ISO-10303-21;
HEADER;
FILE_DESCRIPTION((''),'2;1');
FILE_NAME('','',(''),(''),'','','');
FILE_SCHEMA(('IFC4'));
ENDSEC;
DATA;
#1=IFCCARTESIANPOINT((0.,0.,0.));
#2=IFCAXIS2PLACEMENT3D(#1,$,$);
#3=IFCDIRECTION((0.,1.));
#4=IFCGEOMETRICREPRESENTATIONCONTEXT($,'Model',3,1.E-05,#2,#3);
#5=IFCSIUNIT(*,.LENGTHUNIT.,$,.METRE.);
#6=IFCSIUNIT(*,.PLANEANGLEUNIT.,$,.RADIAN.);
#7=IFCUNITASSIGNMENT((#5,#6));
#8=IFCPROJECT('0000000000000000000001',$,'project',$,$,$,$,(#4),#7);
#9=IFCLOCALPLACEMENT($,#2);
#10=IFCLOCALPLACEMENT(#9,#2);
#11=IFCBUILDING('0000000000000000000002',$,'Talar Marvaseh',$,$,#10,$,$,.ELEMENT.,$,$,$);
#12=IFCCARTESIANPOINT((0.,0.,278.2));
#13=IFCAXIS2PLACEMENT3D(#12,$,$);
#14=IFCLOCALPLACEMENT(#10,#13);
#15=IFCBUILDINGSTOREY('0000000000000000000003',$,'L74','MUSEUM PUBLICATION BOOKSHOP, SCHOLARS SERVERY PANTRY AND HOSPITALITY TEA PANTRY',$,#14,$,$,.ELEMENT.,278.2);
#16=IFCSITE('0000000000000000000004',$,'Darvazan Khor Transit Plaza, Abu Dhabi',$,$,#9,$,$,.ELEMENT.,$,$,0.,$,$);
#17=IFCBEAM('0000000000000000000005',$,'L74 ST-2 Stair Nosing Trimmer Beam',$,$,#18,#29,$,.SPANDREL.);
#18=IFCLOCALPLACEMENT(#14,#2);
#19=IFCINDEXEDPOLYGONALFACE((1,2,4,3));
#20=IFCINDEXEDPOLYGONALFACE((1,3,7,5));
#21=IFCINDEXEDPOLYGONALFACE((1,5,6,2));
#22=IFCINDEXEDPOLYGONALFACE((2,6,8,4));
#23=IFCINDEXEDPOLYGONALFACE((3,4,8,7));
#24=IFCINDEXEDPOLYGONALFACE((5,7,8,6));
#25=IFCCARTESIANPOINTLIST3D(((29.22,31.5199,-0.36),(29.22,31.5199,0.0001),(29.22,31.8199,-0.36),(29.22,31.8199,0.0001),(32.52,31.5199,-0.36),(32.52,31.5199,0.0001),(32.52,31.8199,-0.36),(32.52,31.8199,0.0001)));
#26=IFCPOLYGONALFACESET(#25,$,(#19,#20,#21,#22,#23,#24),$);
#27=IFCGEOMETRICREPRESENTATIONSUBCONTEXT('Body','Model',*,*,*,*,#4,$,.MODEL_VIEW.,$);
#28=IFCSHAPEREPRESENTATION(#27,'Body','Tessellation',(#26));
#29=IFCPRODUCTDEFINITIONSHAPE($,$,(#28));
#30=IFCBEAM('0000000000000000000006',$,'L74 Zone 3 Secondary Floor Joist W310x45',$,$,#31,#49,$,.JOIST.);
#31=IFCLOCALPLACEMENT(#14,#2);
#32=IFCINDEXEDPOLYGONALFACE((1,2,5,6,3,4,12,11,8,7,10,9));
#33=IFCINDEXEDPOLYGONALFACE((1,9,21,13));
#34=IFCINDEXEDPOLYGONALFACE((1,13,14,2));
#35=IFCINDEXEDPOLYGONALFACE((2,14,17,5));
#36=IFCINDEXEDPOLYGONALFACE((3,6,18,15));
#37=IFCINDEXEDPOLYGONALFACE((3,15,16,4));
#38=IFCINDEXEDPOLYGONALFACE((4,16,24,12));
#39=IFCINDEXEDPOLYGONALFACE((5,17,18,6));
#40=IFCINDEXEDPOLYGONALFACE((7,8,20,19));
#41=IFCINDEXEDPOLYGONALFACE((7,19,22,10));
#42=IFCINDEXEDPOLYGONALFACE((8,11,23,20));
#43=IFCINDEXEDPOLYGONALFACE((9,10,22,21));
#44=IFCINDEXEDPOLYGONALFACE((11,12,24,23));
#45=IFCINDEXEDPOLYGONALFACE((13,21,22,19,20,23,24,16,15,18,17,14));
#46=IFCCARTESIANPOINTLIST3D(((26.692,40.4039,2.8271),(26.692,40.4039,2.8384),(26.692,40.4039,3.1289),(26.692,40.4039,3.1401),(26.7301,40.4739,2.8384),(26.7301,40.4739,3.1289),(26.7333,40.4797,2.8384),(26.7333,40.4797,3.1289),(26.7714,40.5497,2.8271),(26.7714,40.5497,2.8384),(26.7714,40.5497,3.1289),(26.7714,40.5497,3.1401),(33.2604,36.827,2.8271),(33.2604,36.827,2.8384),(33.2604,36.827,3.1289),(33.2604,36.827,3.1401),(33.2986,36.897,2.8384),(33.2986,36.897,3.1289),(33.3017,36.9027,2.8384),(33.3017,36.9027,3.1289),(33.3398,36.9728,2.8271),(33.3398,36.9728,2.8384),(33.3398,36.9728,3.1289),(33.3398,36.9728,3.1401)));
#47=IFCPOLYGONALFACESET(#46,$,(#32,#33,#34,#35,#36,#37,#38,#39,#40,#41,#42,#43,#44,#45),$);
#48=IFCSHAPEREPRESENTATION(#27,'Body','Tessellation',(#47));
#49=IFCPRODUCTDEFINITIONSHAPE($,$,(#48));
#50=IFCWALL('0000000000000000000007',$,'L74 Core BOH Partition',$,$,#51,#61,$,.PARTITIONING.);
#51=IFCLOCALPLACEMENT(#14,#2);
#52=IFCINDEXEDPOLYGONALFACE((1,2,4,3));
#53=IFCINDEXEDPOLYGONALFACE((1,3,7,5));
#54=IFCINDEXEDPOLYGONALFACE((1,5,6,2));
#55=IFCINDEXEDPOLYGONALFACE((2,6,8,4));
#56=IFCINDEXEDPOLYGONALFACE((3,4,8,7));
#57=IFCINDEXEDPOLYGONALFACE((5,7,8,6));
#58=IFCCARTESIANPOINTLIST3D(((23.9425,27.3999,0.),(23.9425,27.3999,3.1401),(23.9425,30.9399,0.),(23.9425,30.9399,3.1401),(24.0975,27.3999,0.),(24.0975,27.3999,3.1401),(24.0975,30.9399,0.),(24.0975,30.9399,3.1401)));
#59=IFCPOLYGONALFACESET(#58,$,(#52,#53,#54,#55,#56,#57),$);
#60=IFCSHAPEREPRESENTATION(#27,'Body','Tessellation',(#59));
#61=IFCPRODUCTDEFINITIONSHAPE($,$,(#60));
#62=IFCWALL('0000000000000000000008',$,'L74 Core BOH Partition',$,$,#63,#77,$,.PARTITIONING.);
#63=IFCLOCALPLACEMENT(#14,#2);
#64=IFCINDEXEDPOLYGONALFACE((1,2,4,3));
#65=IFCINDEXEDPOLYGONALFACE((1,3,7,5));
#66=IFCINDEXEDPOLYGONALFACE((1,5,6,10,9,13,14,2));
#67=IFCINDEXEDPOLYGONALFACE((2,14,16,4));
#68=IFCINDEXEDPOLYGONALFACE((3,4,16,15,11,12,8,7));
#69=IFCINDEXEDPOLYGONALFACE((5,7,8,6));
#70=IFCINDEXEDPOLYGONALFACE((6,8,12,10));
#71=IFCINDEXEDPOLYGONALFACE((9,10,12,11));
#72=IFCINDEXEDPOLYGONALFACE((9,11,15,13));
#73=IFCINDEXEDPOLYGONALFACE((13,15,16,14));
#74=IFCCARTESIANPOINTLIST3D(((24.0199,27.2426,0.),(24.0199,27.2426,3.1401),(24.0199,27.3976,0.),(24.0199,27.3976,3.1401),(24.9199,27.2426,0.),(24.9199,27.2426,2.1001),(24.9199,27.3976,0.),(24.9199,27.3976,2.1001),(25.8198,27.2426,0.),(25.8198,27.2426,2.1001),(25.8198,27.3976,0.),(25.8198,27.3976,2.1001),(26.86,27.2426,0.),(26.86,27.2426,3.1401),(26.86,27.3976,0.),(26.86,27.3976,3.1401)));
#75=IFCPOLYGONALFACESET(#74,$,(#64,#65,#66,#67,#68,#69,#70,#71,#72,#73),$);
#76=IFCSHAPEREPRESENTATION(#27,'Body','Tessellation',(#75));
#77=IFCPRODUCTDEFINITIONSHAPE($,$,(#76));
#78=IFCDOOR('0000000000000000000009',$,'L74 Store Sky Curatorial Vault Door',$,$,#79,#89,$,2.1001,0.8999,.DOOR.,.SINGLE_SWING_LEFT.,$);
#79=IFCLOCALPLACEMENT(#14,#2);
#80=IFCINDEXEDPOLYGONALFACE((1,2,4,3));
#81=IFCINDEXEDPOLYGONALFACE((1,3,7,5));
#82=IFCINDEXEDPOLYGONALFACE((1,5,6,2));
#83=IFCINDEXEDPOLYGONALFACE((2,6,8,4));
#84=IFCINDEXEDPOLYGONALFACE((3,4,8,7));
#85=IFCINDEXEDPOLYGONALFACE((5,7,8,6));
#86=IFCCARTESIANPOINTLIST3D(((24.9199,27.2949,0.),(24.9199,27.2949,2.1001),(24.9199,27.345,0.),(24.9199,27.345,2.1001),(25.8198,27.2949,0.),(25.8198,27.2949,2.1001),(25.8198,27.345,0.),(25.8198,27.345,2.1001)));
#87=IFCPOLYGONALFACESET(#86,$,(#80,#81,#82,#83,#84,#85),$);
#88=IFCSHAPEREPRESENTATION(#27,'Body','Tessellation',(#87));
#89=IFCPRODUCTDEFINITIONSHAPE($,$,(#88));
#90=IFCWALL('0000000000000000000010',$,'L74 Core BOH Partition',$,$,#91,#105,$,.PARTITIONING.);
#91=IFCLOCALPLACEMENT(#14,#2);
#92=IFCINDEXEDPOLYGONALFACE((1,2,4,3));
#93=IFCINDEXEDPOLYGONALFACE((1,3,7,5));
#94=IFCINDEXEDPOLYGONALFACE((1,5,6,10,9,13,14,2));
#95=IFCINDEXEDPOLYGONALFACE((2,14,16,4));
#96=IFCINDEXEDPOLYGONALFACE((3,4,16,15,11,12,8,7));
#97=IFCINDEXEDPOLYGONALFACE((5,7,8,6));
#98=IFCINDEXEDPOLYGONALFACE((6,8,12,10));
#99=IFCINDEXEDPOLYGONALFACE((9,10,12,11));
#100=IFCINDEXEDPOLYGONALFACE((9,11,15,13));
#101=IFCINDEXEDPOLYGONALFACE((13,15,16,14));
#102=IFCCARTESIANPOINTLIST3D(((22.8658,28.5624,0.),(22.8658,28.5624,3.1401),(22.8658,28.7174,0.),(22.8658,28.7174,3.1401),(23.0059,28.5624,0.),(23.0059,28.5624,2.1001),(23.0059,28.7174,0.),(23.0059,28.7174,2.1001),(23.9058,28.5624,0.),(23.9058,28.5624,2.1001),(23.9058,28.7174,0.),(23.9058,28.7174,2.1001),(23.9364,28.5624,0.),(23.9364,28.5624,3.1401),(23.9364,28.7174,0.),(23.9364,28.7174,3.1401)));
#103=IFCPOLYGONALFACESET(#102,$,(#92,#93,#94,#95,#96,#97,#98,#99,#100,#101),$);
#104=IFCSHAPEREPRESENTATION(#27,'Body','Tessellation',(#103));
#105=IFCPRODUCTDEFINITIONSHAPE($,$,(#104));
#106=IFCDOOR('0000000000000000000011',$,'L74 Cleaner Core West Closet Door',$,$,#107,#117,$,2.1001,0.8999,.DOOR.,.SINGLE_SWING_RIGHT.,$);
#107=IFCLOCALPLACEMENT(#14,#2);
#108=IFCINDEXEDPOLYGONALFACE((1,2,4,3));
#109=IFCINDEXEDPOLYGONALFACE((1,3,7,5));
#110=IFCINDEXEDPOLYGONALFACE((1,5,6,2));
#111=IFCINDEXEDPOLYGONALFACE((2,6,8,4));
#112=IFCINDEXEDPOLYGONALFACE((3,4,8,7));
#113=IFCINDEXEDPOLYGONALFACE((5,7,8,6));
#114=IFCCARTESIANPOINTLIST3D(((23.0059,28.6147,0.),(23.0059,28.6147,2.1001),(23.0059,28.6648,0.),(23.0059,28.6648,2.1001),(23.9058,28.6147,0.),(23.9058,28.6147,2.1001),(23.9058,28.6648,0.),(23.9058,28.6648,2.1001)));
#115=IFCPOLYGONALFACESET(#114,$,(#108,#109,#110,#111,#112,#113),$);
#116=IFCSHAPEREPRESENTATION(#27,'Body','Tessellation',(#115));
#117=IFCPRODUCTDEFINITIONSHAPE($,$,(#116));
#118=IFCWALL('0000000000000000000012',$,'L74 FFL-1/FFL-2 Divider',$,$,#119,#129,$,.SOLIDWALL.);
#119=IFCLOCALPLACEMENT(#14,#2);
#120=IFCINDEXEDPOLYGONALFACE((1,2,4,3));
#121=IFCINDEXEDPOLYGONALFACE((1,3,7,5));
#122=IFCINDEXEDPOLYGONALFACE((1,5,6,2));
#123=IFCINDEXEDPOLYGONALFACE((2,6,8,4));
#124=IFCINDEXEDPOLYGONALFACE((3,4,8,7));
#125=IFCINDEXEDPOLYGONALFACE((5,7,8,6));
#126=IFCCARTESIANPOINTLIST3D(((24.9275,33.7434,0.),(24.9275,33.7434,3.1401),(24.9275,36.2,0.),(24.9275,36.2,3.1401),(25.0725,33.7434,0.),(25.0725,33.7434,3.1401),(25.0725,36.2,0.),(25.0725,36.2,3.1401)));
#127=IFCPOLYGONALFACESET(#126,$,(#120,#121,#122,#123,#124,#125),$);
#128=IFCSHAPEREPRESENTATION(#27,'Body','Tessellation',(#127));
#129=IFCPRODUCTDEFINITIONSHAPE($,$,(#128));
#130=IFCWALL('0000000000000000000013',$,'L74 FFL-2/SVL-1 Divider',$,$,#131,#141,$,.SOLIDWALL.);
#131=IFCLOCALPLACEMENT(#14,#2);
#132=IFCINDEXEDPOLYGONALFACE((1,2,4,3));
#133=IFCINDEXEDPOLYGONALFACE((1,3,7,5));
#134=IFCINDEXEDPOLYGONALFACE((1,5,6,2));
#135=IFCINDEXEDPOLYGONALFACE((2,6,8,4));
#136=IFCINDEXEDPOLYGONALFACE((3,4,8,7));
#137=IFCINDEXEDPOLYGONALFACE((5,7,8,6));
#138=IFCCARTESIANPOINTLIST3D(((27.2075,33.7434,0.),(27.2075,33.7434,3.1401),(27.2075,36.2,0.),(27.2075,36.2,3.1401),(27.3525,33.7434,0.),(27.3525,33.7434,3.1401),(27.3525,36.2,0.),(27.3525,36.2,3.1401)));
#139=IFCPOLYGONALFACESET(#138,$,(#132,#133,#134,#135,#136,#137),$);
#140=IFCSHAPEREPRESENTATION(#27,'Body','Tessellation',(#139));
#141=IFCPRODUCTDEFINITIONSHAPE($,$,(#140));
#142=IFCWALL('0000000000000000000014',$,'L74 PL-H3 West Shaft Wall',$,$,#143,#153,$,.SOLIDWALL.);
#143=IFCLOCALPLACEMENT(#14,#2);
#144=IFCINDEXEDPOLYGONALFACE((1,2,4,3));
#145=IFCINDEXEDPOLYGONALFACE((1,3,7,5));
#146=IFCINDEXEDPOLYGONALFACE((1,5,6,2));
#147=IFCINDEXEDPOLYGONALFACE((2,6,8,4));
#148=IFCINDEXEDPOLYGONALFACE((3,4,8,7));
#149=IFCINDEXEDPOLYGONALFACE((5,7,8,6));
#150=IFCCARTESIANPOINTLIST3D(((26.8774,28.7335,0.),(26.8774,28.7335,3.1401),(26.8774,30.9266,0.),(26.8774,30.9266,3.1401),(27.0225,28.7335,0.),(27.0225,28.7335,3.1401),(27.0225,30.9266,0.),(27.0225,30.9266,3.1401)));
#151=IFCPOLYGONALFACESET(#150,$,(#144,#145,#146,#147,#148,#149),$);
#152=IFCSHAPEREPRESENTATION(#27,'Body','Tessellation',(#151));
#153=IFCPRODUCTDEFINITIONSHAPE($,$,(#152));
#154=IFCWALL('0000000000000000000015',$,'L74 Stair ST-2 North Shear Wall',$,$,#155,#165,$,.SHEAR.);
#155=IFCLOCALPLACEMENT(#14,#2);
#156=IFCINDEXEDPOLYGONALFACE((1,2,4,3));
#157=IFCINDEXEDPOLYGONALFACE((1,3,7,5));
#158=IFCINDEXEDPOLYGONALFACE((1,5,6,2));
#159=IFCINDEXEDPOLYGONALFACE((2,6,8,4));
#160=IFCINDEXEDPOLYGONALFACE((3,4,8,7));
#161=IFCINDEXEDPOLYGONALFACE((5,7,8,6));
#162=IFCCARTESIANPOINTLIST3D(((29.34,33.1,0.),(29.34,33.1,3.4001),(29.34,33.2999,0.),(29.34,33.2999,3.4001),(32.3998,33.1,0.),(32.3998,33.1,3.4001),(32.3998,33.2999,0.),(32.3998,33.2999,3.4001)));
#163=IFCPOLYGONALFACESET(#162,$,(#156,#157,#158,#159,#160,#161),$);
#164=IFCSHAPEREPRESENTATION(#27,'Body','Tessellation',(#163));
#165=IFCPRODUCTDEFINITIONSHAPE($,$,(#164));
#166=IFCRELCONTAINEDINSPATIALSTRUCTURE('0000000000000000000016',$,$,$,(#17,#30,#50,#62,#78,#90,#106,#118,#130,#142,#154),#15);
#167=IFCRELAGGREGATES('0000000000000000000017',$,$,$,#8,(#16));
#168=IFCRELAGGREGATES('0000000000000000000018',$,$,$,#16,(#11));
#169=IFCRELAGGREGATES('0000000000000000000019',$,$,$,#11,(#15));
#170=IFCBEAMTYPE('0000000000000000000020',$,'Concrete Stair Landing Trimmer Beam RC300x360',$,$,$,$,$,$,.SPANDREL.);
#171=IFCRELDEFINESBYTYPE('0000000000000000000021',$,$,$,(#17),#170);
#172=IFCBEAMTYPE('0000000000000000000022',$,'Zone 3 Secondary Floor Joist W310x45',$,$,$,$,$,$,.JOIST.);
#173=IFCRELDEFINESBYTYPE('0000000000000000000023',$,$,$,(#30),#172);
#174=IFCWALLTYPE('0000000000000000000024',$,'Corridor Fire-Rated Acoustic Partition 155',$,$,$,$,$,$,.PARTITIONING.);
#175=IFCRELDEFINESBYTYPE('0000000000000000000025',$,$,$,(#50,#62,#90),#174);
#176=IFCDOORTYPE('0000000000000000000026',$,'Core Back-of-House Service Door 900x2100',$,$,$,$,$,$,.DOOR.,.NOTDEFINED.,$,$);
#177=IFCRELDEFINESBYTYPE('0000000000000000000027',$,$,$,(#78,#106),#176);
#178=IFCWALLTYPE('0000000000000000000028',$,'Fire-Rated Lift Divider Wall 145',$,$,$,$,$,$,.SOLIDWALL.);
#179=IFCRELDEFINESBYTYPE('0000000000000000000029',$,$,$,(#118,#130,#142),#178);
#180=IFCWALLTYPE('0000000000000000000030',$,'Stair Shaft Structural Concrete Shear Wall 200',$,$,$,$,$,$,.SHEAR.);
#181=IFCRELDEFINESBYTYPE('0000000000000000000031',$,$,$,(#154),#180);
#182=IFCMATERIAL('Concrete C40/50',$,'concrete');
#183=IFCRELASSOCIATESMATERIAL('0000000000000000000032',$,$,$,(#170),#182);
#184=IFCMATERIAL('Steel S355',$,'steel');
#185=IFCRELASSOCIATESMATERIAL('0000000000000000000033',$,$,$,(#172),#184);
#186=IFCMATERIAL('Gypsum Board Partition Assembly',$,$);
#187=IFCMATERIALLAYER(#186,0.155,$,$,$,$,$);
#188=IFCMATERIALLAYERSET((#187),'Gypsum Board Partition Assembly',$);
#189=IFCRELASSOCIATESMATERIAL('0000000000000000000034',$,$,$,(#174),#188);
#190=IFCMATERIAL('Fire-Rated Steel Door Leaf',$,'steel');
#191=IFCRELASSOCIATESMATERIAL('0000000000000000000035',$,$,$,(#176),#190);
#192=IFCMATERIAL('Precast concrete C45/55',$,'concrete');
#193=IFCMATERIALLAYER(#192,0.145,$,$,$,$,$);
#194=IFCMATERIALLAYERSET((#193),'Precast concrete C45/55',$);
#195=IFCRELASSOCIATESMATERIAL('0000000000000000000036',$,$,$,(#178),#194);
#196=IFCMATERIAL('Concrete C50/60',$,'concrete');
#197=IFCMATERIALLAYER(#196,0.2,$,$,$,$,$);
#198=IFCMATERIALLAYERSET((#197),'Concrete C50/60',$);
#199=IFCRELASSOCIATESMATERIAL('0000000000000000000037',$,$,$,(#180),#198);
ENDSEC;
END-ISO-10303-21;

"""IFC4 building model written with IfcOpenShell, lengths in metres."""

from ifc_helpers import new_model, si_unit, direction, frame, frame_2d, origin, origin_2d, place, context, subcontext, project, spatial, rectangle, i_section, extrude, source, transform, mapped, material, layer, layer_set, material_profile, profile_set, type_object, type_shapes, element, fill, save


model = new_model("IFC4")

# Units and contexts
model_context = context("Model", 3, precision=1e-05, world=origin(), true_north=direction((0.0, 1.0)))
body_context = subcontext(model_context, "Body", "Model", "MODEL_VIEW")
ifc_project = project(units=[si_unit("LENGTHUNIT", "METRE"), si_unit("PLANEANGLEUNIT", "RADIAN")], contexts=[model_context])

# Site, building, storey
site_placement = place(None, origin())
site = spatial("IfcSite", under=ifc_project, at=site_placement, Name="Darvazan Khor Transit Plaza, Abu Dhabi", CompositionType="ELEMENT", RefElevation=0.0)
building_placement = place(site_placement, origin())
building = spatial("IfcBuilding", under=site, at=building_placement, Name="Talar Marvaseh", CompositionType="ELEMENT")
storey_placement = place(building_placement, frame((0.0, 0.0, 278.2)))
storey = spatial("IfcBuildingStorey", under=building, at=storey_placement, Name="L74", Description="MUSEUM PUBLICATION BOOKSHOP, SCHOLARS SERVERY PANTRY AND HOSPITALITY TEA PANTRY", CompositionType="ELEMENT", Elevation=278.2)

# Beams
ifc_material_1 = material(Name="Concrete C40/50", Category="concrete")
ifc_material_profile_1 = material_profile(ifc_material_1, rectangle(XDim=0.3, YDim=0.3601, at=origin_2d()), Name="RC300x360")
ifc_profile_set_1 = profile_set([ifc_material_profile_1], Name="Concrete C40/50")
beam_type_1 = type_object("IfcBeamType", Name="Concrete Stair Landing Trimmer Beam RC300x360", PredefinedType="SPANDREL", material=ifc_profile_set_1)
beam_1_placement = place(storey_placement, frame((29.22, 31.6699, -0.1799), z_axis=(1.0, 0.0, 0.0), x_axis=(0.0, 1.0, 0.0)))
element("IfcBeam", 1, at=beam_1_placement, inside=storey, type_object=beam_type_1, Name="L74 ST-2 Stair Nosing Trimmer Beam", PredefinedType="SPANDREL", context=body_context, shape_type="SweptSolid", body=[
    extrude(rectangle(XDim=0.3, YDim=0.3601, at=origin_2d()), origin(), (0.0, 0.0, 1.0), 3.3),
])
ifc_material_2 = material(Name="Steel S355", Category="steel")
ifc_material_profile_2 = material_profile(ifc_material_2, i_section(OverallWidth=0.166, OverallDepth=0.313, WebThickness=0.0066, FlangeThickness=0.0112, at=origin_2d()), Name="W310x45")
ifc_profile_set_2 = profile_set([ifc_material_profile_2], Name="Steel S355")
beam_type_2 = type_object("IfcBeamType", Name="Zone 3 Secondary Floor Joist W310x45", PredefinedType="JOIST", material=ifc_profile_set_2)
beam_2_placement = place(storey_placement, frame((26.7317, 40.4768, 2.9836), z_axis=(0.878223, -0.478251, 0.0), x_axis=(0.478251, 0.878223, 0.0)))
element("IfcBeam", 2, at=beam_2_placement, inside=storey, type_object=beam_type_2, Name="L74 Zone 3 Secondary Floor Joist W310x45", PredefinedType="JOIST", context=body_context, shape_type="SweptSolid", body=[
    extrude(i_section(OverallWidth=0.166, OverallDepth=0.313, WebThickness=0.0066, FlangeThickness=0.0112, at=origin_2d()), origin(), (0.0, 0.0, 1.0), 7.4792),
])

# Wall
ifc_material_3 = material(Name="Gypsum Board Partition Assembly")
ifc_layer_1 = layer(ifc_material_3, 0.155)
ifc_layer_set_1 = layer_set([ifc_layer_1], Name="Gypsum Board Partition Assembly")
wall_type_1 = type_object("IfcWallType", Name="Corridor Fire-Rated Acoustic Partition 155", PredefinedType="PARTITIONING", material=ifc_layer_set_1)
wall_1_placement = place(storey_placement, frame((24.02, 27.3999, 0.0), z_axis=(0.0, 0.0, 1.0), x_axis=(0.0, 1.0, 0.0)))
element("IfcWall", 3, at=wall_1_placement, inside=storey, type_object=wall_type_1, Name="L74 Core BOH Partition", PredefinedType="PARTITIONING", context=body_context, shape_type="SweptSolid", body=[
    extrude(rectangle(XDim=3.54, YDim=0.155, at=frame_2d((1.77, 0.0))), origin(), (0.0, 0.0, 1.0), 3.1401),
])

# Walls, openings, doors
wall_2_placement = place(storey_placement, frame((24.02, 27.3201, 0.0), z_axis=(0.0, 0.0, 1.0), x_axis=(1.0, 0.0, 0.0)))
wall_2 = element("IfcWall", 4, at=wall_2_placement, inside=storey, type_object=wall_type_1, Name="L74 Core BOH Partition", PredefinedType="PARTITIONING", context=body_context, shape_type="SweptSolid", body=[
    extrude(rectangle(XDim=2.8401, YDim=0.155, at=frame_2d((1.4199, 0.0))), origin(), (0.0, 0.0, 1.0), 3.1401),
])
opening_1_placement = place(wall_2_placement, frame((0.8999, 0.0, 0.0)))
opening_1 = element("IfcOpeningElement", 5, at=opening_1_placement, cuts=wall_2, PredefinedType="OPENING", context=body_context, shape_type="SweptSolid", body=[
    extrude(rectangle(XDim=0.8999, YDim=2.1001, at=frame_2d((0.45, 1.05))), frame((0.0, 0.0874, 0.0), z_axis=(0.0, -1.0, 0.0), x_axis=(1.0, 0.0, 0.0)), (0.0, 0.0, 1.0), 0.175),
])
ifc_material_4 = material(Name="Fire-Rated Steel Door Leaf", Category="steel")
door_type_1 = type_object("IfcDoorType", Name="Core Back-of-House Service Door 900x2100", OperationType="NOTDEFINED", PredefinedType="DOOR", material=ifc_material_4)
shared_shape_1 = source(origin(), body_context, "Body", "SweptSolid", [
    extrude(rectangle(XDim=0.8999, YDim=2.1001, at=frame_2d((0.45, 1.05))), frame((0.0, 0.0249, 0.0), z_axis=(0.0, -1.0, 0.0), x_axis=(1.0, 0.0, 0.0)), (0.0, 0.0, 1.0), 0.05),
])
type_shapes(door_type_1, [shared_shape_1])
door_1_placement = place(opening_1_placement, origin())
door_1 = element("IfcDoor", 6, at=door_1_placement, inside=storey, type_object=door_type_1, Name="L74 Store Sky Curatorial Vault Door", OperationType="SINGLE_SWING_LEFT", OverallHeight=2.1001, OverallWidth=0.8999, PredefinedType="DOOR", context=body_context, shape_type="MappedRepresentation", body=[
    mapped(shared_shape_1, transform((0.0, 0.0, 0.0), x_axis=(1.0, 0.0, 0.0), y_axis=(0.0, 1.0, 0.0), z_axis=(0.0, 0.0, 1.0), scale=1.0)),
])
fill(opening_1, door_1)
wall_3_placement = place(storey_placement, frame((22.866, 28.6399, 0.0), z_axis=(0.0, 0.0, 1.0), x_axis=(1.0, 0.0, 0.0)))
wall_3 = element("IfcWall", 7, at=wall_3_placement, inside=storey, type_object=wall_type_1, Name="L74 Core BOH Partition", PredefinedType="PARTITIONING", context=body_context, shape_type="SweptSolid", body=[
    extrude(rectangle(XDim=1.0706, YDim=0.155, at=frame_2d((0.5352, 0.0))), origin(), (0.0, 0.0, 1.0), 3.1401),
])
opening_2_placement = place(wall_3_placement, frame((0.1399, 0.0, 0.0)))
opening_2 = element("IfcOpeningElement", 8, at=opening_2_placement, cuts=wall_3, PredefinedType="OPENING", context=body_context, shape_type="SweptSolid", body=[
    extrude(rectangle(XDim=0.8999, YDim=2.1001, at=frame_2d((0.45, 1.05))), frame((0.0, 0.0874, 0.0), z_axis=(0.0, -1.0, 0.0), x_axis=(1.0, 0.0, 0.0)), (0.0, 0.0, 1.0), 0.175),
])
door_2_placement = place(opening_2_placement, origin())
door_2 = element("IfcDoor", 9, at=door_2_placement, inside=storey, type_object=door_type_1, Name="L74 Cleaner Core West Closet Door", OperationType="SINGLE_SWING_RIGHT", OverallHeight=2.1001, OverallWidth=0.8999, PredefinedType="DOOR", context=body_context, shape_type="MappedRepresentation", body=[
    mapped(shared_shape_1, transform((0.0, 0.0, 0.0), x_axis=(1.0, 0.0, 0.0), y_axis=(0.0, 1.0, 0.0), z_axis=(0.0, 0.0, 1.0), scale=1.0)),
])
fill(opening_2, door_2)

# Walls
ifc_material_5 = material(Name="Precast concrete C45/55", Category="concrete")
ifc_layer_2 = layer(ifc_material_5, 0.145)
ifc_layer_set_2 = layer_set([ifc_layer_2], Name="Precast concrete C45/55")
wall_type_2 = type_object("IfcWallType", Name="Fire-Rated Lift Divider Wall 145", PredefinedType="SOLIDWALL", material=ifc_layer_set_2)
for number, where, z_axis, x_axis, name in (
    (10, (25.0, 33.7434, 0.0), (0.0, 0.0, 1.0), (0.0, 1.0, 0.0), "L74 FFL-1/FFL-2 Divider"),
    (11, (27.28, 33.7434, 0.0), (0.0, 0.0, 1.0), (0.0, 1.0, 0.0), "L74 FFL-2/SVL-1 Divider"),
):
    element("IfcWall", number, at=place(storey_placement, frame(where, z_axis=z_axis, x_axis=x_axis)), inside=storey, type_object=wall_type_2, Name=name, PredefinedType="SOLIDWALL", context=body_context, shape_type="SweptSolid", body=[
        extrude(rectangle(XDim=2.4565, YDim=0.145, at=frame_2d((1.2283, 0.0))), origin(), (0.0, 0.0, 1.0), 3.1401),
    ])
wall_4_placement = place(storey_placement, frame((26.95, 28.7334, 0.0), z_axis=(0.0, 0.0, 1.0), x_axis=(0.0, 1.0, 0.0)))
element("IfcWall", 12, at=wall_4_placement, inside=storey, type_object=wall_type_2, Name="L74 PL-H3 West Shaft Wall", PredefinedType="SOLIDWALL", context=body_context, shape_type="SweptSolid", body=[
    extrude(rectangle(XDim=2.1931, YDim=0.145, at=frame_2d((1.0967, 0.0))), origin(), (0.0, 0.0, 1.0), 3.1401),
])

# Wall
ifc_material_6 = material(Name="Concrete C50/60", Category="concrete")
ifc_layer_3 = layer(ifc_material_6, 0.2)
ifc_layer_set_3 = layer_set([ifc_layer_3], Name="Concrete C50/60")
wall_type_3 = type_object("IfcWallType", Name="Stair Shaft Structural Concrete Shear Wall 200", PredefinedType="SHEAR", material=ifc_layer_set_3)
wall_5_placement = place(storey_placement, frame((29.3401, 33.2, 0.0), z_axis=(0.0, 0.0, 1.0), x_axis=(1.0, 0.0, 0.0)))
element("IfcWall", 13, at=wall_5_placement, inside=storey, type_object=wall_type_3, Name="L74 Stair ST-2 North Shear Wall", PredefinedType="SHEAR", context=body_context, shape_type="SweptSolid", body=[
    extrude(rectangle(XDim=3.0598, YDim=0.2, at=frame_2d((1.5298, 0.0))), origin(), (0.0, 0.0, 1.0), 3.4001),
])

save(model, "model.ifc")
